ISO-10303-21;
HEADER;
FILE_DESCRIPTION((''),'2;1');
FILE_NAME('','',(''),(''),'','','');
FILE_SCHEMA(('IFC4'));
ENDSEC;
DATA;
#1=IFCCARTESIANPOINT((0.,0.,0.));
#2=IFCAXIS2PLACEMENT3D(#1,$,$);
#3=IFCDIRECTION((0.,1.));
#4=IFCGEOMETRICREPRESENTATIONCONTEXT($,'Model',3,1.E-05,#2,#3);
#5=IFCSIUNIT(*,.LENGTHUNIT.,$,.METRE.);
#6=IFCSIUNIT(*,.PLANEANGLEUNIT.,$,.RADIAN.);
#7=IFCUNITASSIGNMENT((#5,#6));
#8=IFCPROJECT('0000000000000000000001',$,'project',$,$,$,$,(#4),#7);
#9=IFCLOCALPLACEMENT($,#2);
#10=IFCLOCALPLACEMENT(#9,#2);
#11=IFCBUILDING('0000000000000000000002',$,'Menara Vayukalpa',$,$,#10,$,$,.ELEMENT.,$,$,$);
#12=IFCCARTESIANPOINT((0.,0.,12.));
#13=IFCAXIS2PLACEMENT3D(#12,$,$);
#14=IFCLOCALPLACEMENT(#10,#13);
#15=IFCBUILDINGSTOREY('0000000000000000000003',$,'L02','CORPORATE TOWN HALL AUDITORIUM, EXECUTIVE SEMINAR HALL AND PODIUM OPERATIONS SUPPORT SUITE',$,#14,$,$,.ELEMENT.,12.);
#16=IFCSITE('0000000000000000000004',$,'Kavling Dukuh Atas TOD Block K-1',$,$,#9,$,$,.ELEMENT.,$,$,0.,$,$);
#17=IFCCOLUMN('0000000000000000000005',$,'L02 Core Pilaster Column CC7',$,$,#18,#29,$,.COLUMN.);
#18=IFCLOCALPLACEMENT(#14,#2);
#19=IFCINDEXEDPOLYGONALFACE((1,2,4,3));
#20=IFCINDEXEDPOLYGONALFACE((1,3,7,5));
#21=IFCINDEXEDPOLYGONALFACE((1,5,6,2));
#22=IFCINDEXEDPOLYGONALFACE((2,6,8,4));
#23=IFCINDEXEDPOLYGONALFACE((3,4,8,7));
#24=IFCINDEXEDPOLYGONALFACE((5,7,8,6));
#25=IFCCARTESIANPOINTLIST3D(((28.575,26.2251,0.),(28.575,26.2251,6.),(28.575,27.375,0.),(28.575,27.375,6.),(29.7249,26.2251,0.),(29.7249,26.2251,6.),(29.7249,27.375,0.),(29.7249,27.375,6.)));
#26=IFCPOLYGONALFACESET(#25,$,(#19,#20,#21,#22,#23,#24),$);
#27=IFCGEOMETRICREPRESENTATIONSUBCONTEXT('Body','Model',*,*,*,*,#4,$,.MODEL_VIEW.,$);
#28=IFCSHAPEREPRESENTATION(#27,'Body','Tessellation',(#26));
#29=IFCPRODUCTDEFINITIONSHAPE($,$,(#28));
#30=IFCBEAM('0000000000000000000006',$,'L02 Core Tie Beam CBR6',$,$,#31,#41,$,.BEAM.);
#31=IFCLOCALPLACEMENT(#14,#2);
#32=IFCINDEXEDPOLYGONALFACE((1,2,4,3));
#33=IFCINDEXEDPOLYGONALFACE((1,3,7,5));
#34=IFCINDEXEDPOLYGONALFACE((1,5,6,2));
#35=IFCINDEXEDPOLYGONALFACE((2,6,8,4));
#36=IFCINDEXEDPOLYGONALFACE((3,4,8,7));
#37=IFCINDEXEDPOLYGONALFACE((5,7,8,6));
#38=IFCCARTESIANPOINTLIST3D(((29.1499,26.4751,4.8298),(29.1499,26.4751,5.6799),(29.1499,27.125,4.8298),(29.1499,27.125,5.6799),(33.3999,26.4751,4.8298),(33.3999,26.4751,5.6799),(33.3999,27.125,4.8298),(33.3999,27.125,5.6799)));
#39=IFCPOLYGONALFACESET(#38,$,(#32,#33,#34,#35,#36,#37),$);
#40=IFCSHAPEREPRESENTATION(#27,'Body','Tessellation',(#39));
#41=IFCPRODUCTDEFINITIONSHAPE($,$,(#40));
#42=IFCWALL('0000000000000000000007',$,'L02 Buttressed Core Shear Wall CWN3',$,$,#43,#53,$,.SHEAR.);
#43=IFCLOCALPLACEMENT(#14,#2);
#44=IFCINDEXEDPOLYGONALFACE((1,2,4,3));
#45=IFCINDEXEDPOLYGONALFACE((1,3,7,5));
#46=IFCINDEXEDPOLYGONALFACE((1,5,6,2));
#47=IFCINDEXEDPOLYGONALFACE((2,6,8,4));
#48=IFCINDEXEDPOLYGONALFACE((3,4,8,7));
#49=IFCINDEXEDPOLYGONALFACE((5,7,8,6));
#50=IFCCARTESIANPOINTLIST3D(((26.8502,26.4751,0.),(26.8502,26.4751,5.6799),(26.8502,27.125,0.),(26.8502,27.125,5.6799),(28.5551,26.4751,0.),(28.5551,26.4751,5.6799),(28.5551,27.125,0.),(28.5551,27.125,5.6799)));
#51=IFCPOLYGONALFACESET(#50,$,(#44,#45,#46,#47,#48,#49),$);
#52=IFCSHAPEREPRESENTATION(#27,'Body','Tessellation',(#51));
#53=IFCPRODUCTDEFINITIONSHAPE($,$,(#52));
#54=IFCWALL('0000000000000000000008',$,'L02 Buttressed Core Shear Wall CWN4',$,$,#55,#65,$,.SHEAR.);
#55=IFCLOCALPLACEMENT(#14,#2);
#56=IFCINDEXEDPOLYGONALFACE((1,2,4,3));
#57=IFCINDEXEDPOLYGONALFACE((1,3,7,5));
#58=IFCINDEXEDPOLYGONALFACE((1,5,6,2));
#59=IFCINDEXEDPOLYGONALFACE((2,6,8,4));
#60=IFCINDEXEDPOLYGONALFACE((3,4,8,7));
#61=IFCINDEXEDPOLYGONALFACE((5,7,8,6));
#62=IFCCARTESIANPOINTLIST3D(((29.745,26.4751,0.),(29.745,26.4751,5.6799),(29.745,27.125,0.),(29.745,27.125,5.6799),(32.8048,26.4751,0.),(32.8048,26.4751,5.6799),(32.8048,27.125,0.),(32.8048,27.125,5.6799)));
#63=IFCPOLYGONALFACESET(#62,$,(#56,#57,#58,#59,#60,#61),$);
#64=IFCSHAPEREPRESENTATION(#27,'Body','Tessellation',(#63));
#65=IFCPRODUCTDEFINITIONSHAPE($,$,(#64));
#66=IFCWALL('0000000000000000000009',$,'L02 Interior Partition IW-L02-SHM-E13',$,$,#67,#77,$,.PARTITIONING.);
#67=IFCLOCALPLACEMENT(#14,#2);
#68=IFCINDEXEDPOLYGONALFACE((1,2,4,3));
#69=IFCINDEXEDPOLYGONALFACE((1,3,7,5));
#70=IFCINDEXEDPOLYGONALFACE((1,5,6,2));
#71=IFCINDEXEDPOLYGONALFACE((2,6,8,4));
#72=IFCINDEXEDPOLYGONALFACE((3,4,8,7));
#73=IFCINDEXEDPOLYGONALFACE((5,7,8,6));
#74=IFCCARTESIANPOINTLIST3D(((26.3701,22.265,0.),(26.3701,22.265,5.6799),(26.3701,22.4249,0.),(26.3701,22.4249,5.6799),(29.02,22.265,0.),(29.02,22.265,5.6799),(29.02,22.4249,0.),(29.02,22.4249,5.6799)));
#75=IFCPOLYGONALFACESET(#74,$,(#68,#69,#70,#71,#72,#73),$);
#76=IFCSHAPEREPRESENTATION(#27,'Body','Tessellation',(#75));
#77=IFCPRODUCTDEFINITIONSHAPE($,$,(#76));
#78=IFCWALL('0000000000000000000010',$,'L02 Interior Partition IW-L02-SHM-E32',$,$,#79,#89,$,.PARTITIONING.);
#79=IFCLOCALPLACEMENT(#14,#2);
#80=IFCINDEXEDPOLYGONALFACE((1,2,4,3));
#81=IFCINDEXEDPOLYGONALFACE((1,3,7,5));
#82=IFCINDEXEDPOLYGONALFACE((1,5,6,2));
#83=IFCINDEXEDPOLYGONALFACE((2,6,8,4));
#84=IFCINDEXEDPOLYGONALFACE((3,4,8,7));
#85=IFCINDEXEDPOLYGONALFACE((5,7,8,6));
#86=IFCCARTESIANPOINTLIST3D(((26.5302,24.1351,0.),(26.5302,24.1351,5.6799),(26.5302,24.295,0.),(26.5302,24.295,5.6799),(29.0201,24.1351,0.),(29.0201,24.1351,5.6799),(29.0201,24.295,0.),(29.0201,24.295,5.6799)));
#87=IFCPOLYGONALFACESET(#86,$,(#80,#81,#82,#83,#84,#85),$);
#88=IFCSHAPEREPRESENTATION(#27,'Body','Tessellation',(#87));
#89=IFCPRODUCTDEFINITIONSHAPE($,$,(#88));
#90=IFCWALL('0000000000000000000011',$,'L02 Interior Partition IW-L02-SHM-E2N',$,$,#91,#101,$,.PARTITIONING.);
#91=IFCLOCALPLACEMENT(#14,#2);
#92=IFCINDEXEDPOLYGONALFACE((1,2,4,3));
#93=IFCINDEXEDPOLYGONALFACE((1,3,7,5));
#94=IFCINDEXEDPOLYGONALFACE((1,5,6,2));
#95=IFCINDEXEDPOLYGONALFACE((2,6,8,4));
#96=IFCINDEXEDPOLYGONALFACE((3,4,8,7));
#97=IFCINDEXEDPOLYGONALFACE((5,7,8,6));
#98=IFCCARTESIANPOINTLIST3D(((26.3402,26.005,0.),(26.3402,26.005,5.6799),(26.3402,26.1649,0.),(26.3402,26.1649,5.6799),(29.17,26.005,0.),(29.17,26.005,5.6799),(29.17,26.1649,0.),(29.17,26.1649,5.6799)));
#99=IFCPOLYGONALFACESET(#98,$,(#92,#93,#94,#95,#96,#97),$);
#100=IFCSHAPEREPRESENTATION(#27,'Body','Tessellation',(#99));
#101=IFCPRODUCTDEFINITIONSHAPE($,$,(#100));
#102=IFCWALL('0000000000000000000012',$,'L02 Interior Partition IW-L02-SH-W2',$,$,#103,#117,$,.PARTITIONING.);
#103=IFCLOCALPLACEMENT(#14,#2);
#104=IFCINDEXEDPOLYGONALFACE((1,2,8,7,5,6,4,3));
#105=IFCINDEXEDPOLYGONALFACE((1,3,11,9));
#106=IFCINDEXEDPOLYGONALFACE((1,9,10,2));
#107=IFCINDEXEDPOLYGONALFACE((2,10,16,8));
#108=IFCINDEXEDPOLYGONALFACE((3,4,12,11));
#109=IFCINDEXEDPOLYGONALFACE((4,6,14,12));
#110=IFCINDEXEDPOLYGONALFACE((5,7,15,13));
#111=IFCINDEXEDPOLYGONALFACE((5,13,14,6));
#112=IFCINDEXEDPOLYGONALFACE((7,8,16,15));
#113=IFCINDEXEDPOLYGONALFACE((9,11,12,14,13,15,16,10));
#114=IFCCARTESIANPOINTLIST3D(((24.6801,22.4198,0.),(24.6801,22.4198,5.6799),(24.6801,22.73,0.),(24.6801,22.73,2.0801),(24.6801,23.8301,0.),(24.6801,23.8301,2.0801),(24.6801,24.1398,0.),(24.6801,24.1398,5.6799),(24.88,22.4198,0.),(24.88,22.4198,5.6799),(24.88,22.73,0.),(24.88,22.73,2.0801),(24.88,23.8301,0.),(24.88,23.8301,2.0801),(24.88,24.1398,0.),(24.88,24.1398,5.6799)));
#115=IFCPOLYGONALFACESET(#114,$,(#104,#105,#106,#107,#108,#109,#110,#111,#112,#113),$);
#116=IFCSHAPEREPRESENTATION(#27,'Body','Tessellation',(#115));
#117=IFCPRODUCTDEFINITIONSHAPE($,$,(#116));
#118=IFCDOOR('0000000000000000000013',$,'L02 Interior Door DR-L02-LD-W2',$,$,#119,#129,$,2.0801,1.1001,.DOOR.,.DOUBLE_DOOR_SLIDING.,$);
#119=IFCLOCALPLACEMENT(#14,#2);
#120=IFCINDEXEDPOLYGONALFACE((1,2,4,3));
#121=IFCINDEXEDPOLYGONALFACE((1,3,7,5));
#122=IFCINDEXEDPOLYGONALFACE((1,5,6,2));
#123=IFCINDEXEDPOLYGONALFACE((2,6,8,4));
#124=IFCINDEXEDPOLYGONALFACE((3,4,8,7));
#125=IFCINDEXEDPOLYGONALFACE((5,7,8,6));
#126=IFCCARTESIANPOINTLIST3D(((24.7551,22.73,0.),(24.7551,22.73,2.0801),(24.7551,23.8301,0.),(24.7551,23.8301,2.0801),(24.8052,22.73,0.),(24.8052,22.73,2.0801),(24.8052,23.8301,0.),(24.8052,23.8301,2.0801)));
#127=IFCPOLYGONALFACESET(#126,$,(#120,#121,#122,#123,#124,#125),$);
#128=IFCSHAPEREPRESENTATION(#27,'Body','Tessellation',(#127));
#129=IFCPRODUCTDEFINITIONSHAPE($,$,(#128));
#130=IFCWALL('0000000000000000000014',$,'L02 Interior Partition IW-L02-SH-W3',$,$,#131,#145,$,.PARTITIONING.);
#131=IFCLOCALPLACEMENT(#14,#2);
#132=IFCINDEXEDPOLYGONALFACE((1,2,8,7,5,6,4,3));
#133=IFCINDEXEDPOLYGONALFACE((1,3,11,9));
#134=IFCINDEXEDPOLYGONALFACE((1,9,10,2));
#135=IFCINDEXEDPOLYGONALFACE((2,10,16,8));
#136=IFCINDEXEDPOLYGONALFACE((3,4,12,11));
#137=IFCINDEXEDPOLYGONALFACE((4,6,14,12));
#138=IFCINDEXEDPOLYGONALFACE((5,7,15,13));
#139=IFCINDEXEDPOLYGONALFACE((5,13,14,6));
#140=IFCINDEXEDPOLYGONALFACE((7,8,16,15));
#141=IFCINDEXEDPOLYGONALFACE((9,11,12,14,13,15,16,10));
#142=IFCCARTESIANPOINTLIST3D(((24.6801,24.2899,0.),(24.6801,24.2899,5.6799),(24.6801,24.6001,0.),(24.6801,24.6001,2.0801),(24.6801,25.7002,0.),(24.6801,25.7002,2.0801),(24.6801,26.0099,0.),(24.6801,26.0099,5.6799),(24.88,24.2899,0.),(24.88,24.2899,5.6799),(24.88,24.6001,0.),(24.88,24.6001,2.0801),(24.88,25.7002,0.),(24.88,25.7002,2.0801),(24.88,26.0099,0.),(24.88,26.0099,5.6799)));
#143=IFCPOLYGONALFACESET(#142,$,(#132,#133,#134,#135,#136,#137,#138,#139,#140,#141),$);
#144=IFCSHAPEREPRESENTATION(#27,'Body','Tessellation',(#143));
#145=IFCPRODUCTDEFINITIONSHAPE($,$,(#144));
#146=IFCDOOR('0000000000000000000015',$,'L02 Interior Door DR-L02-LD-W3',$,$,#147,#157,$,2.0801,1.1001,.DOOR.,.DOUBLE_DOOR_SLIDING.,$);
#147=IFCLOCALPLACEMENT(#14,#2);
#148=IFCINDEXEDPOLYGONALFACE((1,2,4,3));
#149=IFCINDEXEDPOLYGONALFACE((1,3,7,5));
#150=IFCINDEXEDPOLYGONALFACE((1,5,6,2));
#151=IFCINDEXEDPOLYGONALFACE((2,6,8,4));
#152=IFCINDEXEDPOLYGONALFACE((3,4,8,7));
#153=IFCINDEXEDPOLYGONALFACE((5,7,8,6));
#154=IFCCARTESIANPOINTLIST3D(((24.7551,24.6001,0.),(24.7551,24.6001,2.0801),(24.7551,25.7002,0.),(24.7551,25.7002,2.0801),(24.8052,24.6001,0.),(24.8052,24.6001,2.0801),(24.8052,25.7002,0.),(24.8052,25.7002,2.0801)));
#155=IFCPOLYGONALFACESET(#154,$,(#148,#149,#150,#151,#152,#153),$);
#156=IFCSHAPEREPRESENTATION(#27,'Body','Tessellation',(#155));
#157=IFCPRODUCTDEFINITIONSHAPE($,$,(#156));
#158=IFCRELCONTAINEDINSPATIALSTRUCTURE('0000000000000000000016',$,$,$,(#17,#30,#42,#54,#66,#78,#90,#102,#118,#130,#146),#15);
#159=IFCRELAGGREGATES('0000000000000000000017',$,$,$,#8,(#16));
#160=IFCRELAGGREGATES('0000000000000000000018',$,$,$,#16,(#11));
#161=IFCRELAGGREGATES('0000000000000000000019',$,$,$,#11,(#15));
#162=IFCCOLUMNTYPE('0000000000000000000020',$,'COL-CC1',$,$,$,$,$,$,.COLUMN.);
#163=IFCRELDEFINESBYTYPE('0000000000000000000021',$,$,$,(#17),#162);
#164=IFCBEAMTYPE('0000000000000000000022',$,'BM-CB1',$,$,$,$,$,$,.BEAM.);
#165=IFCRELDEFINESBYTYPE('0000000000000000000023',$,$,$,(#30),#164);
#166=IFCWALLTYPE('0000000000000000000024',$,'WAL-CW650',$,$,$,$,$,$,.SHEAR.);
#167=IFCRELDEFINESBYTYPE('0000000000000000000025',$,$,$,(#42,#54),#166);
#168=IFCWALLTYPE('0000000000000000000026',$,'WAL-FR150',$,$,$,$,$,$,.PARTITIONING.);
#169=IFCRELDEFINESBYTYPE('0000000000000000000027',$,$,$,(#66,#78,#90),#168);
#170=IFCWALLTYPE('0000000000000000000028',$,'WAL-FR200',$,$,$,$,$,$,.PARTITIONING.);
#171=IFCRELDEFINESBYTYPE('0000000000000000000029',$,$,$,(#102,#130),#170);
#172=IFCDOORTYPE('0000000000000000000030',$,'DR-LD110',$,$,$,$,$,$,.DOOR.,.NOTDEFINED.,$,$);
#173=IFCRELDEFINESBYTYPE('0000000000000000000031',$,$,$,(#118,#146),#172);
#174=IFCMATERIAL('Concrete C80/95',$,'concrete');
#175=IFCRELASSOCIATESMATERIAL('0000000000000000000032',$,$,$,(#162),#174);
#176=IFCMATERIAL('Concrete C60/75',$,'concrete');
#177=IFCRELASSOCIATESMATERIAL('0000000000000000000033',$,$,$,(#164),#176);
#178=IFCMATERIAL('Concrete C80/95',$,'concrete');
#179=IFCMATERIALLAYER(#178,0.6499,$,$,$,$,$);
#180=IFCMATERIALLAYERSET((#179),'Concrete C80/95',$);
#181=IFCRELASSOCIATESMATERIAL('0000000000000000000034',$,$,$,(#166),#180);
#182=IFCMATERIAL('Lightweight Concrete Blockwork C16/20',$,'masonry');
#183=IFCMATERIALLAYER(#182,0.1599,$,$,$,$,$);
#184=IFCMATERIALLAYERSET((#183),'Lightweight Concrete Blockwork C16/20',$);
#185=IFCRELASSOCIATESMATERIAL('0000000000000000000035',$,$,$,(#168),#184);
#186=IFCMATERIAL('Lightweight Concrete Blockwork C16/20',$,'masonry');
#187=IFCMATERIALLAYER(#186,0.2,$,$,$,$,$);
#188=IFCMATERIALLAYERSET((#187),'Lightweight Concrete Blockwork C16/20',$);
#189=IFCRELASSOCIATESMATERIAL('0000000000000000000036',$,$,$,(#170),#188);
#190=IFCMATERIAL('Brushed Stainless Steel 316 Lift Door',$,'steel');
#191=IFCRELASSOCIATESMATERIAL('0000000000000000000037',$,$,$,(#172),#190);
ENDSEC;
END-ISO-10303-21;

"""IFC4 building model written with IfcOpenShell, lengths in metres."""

from ifc_helpers import new_model, si_unit, direction, frame, frame_2d, origin, origin_2d, place, context, subcontext, project, spatial, rectangle, extrude, material, layer, layer_set, material_profile, profile_set, type_object, element, fill, save


model = new_model("IFC4")

# Units and contexts
model_context = context("Model", 3, precision=1e-05, world=origin(), true_north=direction((0.0, 1.0)))
body_context = subcontext(model_context, "Body", "Model", "MODEL_VIEW")
ifc_project = project(units=[si_unit("LENGTHUNIT", "METRE"), si_unit("PLANEANGLEUNIT", "RADIAN")], contexts=[model_context])

# Site, building, storey
site_placement = place(None, origin())
site = spatial("IfcSite", under=ifc_project, at=site_placement, Name="Kavling Dukuh Atas TOD Block K-1", CompositionType="ELEMENT", RefElevation=0.0)
building_placement = place(site_placement, origin())
building = spatial("IfcBuilding", under=site, at=building_placement, Name="Menara Vayukalpa", CompositionType="ELEMENT")
storey_placement = place(building_placement, frame((0.0, 0.0, 12.0)))
storey = spatial("IfcBuildingStorey", under=building, at=storey_placement, Name="L02", Description="CORPORATE TOWN HALL AUDITORIUM, EXECUTIVE SEMINAR HALL AND PODIUM OPERATIONS SUPPORT SUITE", CompositionType="ELEMENT", Elevation=12.0)

# Column
ifc_material_1 = material(Name="Concrete C80/95", Category="concrete")
ifc_material_profile_1 = material_profile(ifc_material_1, rectangle(XDim=1.1499, YDim=1.1499, at=origin_2d()), Name="RC 1150x1150")
ifc_profile_set_1 = profile_set([ifc_material_profile_1], Name="Concrete C80/95")
column_type = type_object("IfcColumnType", Name="COL-CC1", PredefinedType="COLUMN", material=ifc_profile_set_1)
column_placement = place(storey_placement, frame((29.1499, 26.8, 0.0), z_axis=(0.0, 0.0, 1.0), x_axis=(1.0, 0.0, 0.0)))
element("IfcColumn", 1, at=column_placement, inside=storey, type_object=column_type, Name="L02 Core Pilaster Column CC7", PredefinedType="COLUMN", context=body_context, shape_type="SweptSolid", body=[
    extrude(rectangle(XDim=1.1499, YDim=1.1499, at=origin_2d()), origin(), (0.0, 0.0, 1.0), 6.0),
])

# Beam
ifc_material_2 = material(Name="Concrete C60/75", Category="concrete")
ifc_material_profile_2 = material_profile(ifc_material_2, rectangle(XDim=0.6499, YDim=0.8501, at=origin_2d()), Name="RC 650x850")
ifc_profile_set_2 = profile_set([ifc_material_profile_2], Name="Concrete C60/75")
beam_type = type_object("IfcBeamType", Name="BM-CB1", PredefinedType="BEAM", material=ifc_profile_set_2)
beam_placement = place(storey_placement, frame((29.1499, 26.8, 5.2549), z_axis=(1.0, 0.0, 0.0), x_axis=(0.0, 1.0, 0.0)))
element("IfcBeam", 2, at=beam_placement, inside=storey, type_object=beam_type, Name="L02 Core Tie Beam CBR6", PredefinedType="BEAM", context=body_context, shape_type="SweptSolid", body=[
    extrude(rectangle(XDim=0.6499, YDim=0.8501, at=origin_2d()), origin(), (0.0, 0.0, 1.0), 4.25),
])

# Walls
ifc_material_3 = material(Name="Concrete C80/95", Category="concrete")
ifc_layer_1 = layer(ifc_material_3, 0.6499)
ifc_layer_set_1 = layer_set([ifc_layer_1], Name="Concrete C80/95")
wall_type_1 = type_object("IfcWallType", Name="WAL-CW650", PredefinedType="SHEAR", material=ifc_layer_set_1)
wall_1_placement = place(storey_placement, frame((26.8501, 26.8, 0.0), z_axis=(0.0, 0.0, 1.0), x_axis=(1.0, 0.0, 0.0)))
element("IfcWall", 3, at=wall_1_placement, inside=storey, type_object=wall_type_1, Name="L02 Buttressed Core Shear Wall CWN3", PredefinedType="SHEAR", context=body_context, shape_type="SweptSolid", body=[
    extrude(rectangle(XDim=1.7048, YDim=0.6499, at=frame_2d((0.8525, 0.0))), origin(), (0.0, 0.0, 1.0), 5.6799),
])
wall_2_placement = place(storey_placement, frame((29.7451, 26.8, 0.0), z_axis=(0.0, 0.0, 1.0), x_axis=(1.0, 0.0, 0.0)))
element("IfcWall", 4, at=wall_2_placement, inside=storey, type_object=wall_type_1, Name="L02 Buttressed Core Shear Wall CWN4", PredefinedType="SHEAR", context=body_context, shape_type="SweptSolid", body=[
    extrude(rectangle(XDim=3.0598, YDim=0.6499, at=frame_2d((1.5298, 0.0))), origin(), (0.0, 0.0, 1.0), 5.6799),
])
ifc_material_4 = material(Name="Lightweight Concrete Blockwork C16/20", Category="masonry")
ifc_layer_2 = layer(ifc_material_4, 0.1599)
ifc_layer_set_2 = layer_set([ifc_layer_2], Name="Lightweight Concrete Blockwork C16/20")
wall_type_2 = type_object("IfcWallType", Name="WAL-FR150", PredefinedType="PARTITIONING", material=ifc_layer_set_2)
wall_3_placement = place(storey_placement, frame((26.3701, 22.345, 0.0), z_axis=(0.0, 0.0, 1.0), x_axis=(1.0, 0.0, 0.0)))
element("IfcWall", 5, at=wall_3_placement, inside=storey, type_object=wall_type_2, Name="L02 Interior Partition IW-L02-SHM-E13", PredefinedType="PARTITIONING", context=body_context, shape_type="SweptSolid", body=[
    extrude(rectangle(XDim=2.6499, YDim=0.1599, at=frame_2d((1.325, 0.0))), origin(), (0.0, 0.0, 1.0), 5.6799),
])
wall_4_placement = place(storey_placement, frame((26.53, 24.2151, 0.0), z_axis=(0.0, 0.0, 1.0), x_axis=(1.0, 0.0, 0.0)))
element("IfcWall", 6, at=wall_4_placement, inside=storey, type_object=wall_type_2, Name="L02 Interior Partition IW-L02-SHM-E32", PredefinedType="PARTITIONING", context=body_context, shape_type="SweptSolid", body=[
    extrude(rectangle(XDim=2.49, YDim=0.1599, at=frame_2d((1.2451, 0.0))), origin(), (0.0, 0.0, 1.0), 5.6799),
])
wall_5_placement = place(storey_placement, frame((26.3401, 26.085, 0.0), z_axis=(0.0, 0.0, 1.0), x_axis=(1.0, 0.0, 0.0)))
element("IfcWall", 7, at=wall_5_placement, inside=storey, type_object=wall_type_2, Name="L02 Interior Partition IW-L02-SHM-E2N", PredefinedType="PARTITIONING", context=body_context, shape_type="SweptSolid", body=[
    extrude(rectangle(XDim=2.8298, YDim=0.1599, at=frame_2d((1.415, 0.0))), origin(), (0.0, 0.0, 1.0), 5.6799),
])

# Walls, openings, doors
ifc_material_5 = material(Name="Lightweight Concrete Blockwork C16/20", Category="masonry")
ifc_layer_3 = layer(ifc_material_5, 0.2)
ifc_layer_set_3 = layer_set([ifc_layer_3], Name="Lightweight Concrete Blockwork C16/20")
wall_type_3 = type_object("IfcWallType", Name="WAL-FR200", PredefinedType="PARTITIONING", material=ifc_layer_set_3)
wall_6_placement = place(storey_placement, frame((24.78, 22.4199, 0.0), z_axis=(0.0, 0.0, 1.0), x_axis=(0.0, 1.0, 0.0)))
wall_6 = element("IfcWall", 8, at=wall_6_placement, inside=storey, type_object=wall_type_3, Name="L02 Interior Partition IW-L02-SH-W2", PredefinedType="PARTITIONING", context=body_context, shape_type="SweptSolid", body=[
    extrude(rectangle(XDim=1.72, YDim=0.2, at=frame_2d((0.8599, 0.0))), origin(), (0.0, 0.0, 1.0), 5.6799),
])
opening_1_placement = place(wall_6_placement, frame((0.3101, 0.0, 0.0)))
opening_1 = element("IfcOpeningElement", 9, at=opening_1_placement, cuts=wall_6, PredefinedType="OPENING", context=body_context, shape_type="SweptSolid", body=[
    extrude(rectangle(XDim=1.1001, YDim=2.0801, at=frame_2d((0.55, 1.04))), frame((0.0, 0.1099, 0.0), z_axis=(0.0, -1.0, 0.0), x_axis=(1.0, 0.0, 0.0)), (0.0, 0.0, 1.0), 0.22),
])
ifc_material_6 = material(Name="Brushed Stainless Steel 316 Lift Door", Category="steel")
door_type = type_object("IfcDoorType", Name="DR-LD110", OperationType="NOTDEFINED", PredefinedType="DOOR", material=ifc_material_6)
door_1_placement = place(opening_1_placement, origin())
door_1 = element("IfcDoor", 10, at=door_1_placement, inside=storey, type_object=door_type, Name="L02 Interior Door DR-L02-LD-W2", OperationType="DOUBLE_DOOR_SLIDING", OverallHeight=2.0801, OverallWidth=1.1001, PredefinedType="DOOR", context=body_context, shape_type="SweptSolid", body=[
    extrude(rectangle(XDim=1.1001, YDim=2.0801, at=frame_2d((0.55, 1.04))), frame((0.0, 0.0249, 0.0), z_axis=(0.0, -1.0, 0.0), x_axis=(1.0, 0.0, 0.0)), (0.0, 0.0, 1.0), 0.05),
])
fill(opening_1, door_1)
wall_7_placement = place(storey_placement, frame((24.78, 24.29, 0.0), z_axis=(0.0, 0.0, 1.0), x_axis=(0.0, 1.0, 0.0)))
wall_7 = element("IfcWall", 11, at=wall_7_placement, inside=storey, type_object=wall_type_3, Name="L02 Interior Partition IW-L02-SH-W3", PredefinedType="PARTITIONING", context=body_context, shape_type="SweptSolid", body=[
    extrude(rectangle(XDim=1.72, YDim=0.2, at=frame_2d((0.8599, 0.0))), origin(), (0.0, 0.0, 1.0), 5.6799),
])
opening_2_placement = place(wall_7_placement, frame((0.3101, 0.0, 0.0)))
opening_2 = element("IfcOpeningElement", 12, at=opening_2_placement, cuts=wall_7, PredefinedType="OPENING", context=body_context, shape_type="SweptSolid", body=[
    extrude(rectangle(XDim=1.1001, YDim=2.0801, at=frame_2d((0.55, 1.04))), frame((0.0, 0.1099, 0.0), z_axis=(0.0, -1.0, 0.0), x_axis=(1.0, 0.0, 0.0)), (0.0, 0.0, 1.0), 0.22),
])
door_2_placement = place(opening_2_placement, origin())
door_2 = element("IfcDoor", 13, at=door_2_placement, inside=storey, type_object=door_type, Name="L02 Interior Door DR-L02-LD-W3", OperationType="DOUBLE_DOOR_SLIDING", OverallHeight=2.0801, OverallWidth=1.1001, PredefinedType="DOOR", context=body_context, shape_type="SweptSolid", body=[
    extrude(rectangle(XDim=1.1001, YDim=2.0801, at=frame_2d((0.55, 1.04))), frame((0.0, 0.0249, 0.0), z_axis=(0.0, -1.0, 0.0), x_axis=(1.0, 0.0, 0.0)), (0.0, 0.0, 1.0), 0.05),
])
fill(opening_2, door_2)

save(model, "model.ifc")
